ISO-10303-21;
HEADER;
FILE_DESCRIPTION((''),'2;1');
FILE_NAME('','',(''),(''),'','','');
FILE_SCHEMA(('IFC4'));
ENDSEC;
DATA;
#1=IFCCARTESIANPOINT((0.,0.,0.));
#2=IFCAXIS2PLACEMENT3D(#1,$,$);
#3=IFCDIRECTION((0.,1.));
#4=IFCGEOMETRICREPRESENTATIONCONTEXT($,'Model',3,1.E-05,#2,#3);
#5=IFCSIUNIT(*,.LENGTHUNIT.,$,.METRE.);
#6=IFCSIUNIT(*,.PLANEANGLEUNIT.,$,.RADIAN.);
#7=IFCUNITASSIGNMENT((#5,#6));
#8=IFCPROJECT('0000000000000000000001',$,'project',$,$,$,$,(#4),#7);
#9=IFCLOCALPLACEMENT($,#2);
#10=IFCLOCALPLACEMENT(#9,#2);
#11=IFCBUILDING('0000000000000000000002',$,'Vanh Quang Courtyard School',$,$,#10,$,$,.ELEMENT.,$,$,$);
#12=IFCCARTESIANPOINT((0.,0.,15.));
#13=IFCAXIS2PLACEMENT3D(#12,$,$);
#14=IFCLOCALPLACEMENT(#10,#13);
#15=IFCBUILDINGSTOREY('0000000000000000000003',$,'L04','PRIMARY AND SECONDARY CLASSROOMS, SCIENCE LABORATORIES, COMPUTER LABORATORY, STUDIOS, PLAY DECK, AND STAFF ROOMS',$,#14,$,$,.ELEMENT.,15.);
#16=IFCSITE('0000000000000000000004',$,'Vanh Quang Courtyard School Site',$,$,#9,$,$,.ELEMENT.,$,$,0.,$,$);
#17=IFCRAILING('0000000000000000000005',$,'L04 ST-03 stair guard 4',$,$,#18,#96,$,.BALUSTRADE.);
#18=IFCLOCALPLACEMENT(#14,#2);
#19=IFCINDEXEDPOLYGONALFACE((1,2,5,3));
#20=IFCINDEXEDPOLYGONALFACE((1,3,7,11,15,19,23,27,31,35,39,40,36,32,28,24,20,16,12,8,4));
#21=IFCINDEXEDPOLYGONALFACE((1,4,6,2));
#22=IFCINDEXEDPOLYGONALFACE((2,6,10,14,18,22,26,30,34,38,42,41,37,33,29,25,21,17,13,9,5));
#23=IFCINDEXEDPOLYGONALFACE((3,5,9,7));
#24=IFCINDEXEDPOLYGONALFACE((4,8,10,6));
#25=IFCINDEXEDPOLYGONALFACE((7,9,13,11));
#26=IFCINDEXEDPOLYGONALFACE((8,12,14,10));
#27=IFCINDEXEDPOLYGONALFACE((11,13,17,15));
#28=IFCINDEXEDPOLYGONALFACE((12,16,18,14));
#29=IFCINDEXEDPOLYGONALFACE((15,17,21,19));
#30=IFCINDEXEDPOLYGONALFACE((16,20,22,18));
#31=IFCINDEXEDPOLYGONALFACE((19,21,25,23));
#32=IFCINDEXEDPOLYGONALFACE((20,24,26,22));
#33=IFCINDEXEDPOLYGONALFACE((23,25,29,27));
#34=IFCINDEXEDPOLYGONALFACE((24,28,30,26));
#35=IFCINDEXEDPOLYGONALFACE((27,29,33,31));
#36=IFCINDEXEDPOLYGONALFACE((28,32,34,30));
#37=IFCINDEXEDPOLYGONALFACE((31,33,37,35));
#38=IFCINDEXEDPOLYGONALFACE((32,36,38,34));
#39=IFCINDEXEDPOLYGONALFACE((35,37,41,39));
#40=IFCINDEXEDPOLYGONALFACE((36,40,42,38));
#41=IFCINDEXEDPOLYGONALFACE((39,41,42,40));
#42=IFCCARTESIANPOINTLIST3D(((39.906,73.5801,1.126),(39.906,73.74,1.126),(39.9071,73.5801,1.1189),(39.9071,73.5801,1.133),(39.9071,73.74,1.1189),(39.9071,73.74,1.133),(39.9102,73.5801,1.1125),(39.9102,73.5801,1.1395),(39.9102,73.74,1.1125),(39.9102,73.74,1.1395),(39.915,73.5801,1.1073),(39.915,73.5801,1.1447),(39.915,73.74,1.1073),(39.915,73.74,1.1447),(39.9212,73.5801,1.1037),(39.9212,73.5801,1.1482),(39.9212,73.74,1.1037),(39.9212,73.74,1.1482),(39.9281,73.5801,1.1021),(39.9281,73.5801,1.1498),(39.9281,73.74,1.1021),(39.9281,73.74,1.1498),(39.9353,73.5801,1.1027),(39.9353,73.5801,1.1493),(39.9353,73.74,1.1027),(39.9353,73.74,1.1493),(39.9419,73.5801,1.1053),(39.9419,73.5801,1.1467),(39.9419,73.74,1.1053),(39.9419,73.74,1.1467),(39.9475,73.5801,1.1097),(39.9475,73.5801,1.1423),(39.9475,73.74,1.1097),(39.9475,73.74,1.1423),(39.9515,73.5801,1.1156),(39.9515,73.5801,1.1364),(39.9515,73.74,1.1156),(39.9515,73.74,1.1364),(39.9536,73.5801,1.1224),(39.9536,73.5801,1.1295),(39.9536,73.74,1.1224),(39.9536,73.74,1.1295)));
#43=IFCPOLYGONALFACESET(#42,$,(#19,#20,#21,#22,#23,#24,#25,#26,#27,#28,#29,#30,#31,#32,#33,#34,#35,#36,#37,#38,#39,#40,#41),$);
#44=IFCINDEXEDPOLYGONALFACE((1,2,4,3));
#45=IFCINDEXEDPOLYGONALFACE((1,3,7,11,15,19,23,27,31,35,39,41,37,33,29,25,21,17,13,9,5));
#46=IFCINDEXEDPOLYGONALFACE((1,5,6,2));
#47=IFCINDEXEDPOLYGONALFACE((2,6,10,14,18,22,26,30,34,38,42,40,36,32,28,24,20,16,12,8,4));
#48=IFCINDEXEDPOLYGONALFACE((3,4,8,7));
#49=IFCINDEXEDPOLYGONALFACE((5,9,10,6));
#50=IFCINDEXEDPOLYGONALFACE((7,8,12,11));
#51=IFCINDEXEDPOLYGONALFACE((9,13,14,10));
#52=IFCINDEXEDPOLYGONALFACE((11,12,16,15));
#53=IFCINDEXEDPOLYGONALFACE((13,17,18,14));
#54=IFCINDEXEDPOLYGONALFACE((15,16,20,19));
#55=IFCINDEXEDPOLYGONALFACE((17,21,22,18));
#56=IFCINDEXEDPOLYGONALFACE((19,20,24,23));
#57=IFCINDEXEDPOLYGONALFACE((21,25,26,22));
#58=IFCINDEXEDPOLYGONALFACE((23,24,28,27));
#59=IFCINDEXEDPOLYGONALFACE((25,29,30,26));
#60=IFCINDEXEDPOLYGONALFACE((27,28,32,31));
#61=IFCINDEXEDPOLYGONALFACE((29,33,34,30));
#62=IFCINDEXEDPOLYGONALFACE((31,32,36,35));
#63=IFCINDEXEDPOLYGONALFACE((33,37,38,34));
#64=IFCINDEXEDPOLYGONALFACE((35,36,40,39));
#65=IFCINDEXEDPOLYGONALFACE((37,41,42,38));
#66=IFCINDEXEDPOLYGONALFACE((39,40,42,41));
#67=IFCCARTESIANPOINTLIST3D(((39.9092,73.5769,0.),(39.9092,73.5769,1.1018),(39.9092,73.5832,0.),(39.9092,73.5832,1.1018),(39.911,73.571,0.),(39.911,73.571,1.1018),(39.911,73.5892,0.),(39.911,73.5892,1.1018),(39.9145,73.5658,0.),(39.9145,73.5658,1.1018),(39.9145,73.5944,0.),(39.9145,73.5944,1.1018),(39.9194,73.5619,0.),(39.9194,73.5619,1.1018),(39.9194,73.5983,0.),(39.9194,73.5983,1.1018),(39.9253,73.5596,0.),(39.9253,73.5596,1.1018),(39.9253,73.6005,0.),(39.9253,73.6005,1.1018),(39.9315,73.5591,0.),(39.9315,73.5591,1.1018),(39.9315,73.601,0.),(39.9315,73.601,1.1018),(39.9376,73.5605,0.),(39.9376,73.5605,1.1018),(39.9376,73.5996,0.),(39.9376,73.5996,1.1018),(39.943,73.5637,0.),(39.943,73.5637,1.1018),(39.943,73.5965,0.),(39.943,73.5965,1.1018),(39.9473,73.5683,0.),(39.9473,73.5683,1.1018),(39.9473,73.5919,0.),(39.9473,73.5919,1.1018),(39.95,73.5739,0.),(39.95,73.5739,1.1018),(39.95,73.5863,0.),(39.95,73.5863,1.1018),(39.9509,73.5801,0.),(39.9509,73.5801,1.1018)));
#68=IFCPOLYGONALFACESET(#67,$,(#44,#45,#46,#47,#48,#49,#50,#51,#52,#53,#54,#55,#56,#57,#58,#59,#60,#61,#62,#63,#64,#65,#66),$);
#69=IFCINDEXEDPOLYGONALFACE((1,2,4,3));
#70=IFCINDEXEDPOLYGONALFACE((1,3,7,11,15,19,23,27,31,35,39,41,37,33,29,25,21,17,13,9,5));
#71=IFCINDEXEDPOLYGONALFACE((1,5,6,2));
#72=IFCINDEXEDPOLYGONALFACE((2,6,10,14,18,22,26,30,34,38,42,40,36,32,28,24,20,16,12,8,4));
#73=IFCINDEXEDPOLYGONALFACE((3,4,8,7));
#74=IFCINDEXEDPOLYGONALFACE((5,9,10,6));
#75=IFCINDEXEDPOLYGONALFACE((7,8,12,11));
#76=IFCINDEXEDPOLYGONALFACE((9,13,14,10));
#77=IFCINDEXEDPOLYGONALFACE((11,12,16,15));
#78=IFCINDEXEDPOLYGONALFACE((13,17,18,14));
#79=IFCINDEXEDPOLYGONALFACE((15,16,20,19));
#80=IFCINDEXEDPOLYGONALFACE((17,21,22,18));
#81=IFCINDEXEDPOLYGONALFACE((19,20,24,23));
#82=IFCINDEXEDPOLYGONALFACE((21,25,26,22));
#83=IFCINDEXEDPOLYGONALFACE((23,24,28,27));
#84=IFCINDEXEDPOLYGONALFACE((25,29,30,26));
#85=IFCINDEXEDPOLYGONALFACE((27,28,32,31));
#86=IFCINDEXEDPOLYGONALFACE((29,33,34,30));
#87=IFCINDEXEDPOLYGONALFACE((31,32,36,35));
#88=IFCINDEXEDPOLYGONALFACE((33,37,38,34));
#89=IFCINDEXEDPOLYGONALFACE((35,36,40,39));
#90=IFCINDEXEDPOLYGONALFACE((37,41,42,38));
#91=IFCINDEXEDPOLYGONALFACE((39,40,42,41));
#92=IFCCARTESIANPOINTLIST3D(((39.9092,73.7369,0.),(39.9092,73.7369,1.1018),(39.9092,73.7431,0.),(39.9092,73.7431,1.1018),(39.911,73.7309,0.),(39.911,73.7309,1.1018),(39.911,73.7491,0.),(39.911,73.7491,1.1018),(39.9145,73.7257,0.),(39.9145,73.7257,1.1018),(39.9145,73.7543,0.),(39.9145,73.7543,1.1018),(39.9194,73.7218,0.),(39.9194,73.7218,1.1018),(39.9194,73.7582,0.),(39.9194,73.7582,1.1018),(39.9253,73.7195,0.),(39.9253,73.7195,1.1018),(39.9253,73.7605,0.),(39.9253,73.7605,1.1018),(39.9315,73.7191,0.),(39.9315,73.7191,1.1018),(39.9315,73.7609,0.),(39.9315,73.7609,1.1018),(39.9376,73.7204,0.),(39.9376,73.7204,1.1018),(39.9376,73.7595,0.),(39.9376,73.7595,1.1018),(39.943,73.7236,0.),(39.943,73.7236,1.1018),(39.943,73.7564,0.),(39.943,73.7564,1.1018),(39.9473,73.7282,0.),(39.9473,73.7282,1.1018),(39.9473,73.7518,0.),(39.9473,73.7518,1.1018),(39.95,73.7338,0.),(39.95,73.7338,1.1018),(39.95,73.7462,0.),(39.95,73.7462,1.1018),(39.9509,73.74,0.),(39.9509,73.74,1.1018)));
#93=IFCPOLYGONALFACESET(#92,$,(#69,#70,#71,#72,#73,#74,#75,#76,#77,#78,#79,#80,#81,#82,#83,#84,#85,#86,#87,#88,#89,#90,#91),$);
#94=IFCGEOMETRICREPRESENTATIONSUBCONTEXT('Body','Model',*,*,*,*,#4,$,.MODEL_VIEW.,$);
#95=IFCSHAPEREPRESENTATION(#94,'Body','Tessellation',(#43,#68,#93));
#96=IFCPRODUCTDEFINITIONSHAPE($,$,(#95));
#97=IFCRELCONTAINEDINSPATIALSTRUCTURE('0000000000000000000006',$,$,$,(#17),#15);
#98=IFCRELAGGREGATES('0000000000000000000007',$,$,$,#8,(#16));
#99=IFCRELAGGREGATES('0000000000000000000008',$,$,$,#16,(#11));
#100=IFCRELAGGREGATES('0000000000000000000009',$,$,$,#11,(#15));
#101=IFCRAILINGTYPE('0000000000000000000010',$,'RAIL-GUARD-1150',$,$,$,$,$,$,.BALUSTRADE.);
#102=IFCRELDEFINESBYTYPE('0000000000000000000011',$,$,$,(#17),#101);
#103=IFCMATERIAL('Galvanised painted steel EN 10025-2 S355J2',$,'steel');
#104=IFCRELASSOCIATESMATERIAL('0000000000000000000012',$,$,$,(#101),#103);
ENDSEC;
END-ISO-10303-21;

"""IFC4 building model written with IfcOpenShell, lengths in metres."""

from ifc_helpers import new_model, si_unit, direction, frame, origin, origin_2d, place, context, subcontext, project, spatial, circle, extrude, material, type_object, element, save


model = new_model("IFC4")

# Units and contexts
model_context = context("Model", 3, precision=1e-05, world=origin(), true_north=direction((0.0, 1.0)))
body_context = subcontext(model_context, "Body", "Model", "MODEL_VIEW")
ifc_project = project(units=[si_unit("LENGTHUNIT", "METRE"), si_unit("PLANEANGLEUNIT", "RADIAN")], contexts=[model_context])

# Site, building, storey
site_placement = place(None, origin())
site = spatial("IfcSite", under=ifc_project, at=site_placement, Name="Vanh Quang Courtyard School Site", CompositionType="ELEMENT", RefElevation=0.0)
building_placement = place(site_placement, origin())
building = spatial("IfcBuilding", under=site, at=building_placement, Name="Vanh Quang Courtyard School", CompositionType="ELEMENT")
storey_placement = place(building_placement, frame((0.0, 0.0, 15.0)))
storey = spatial("IfcBuildingStorey", under=building, at=storey_placement, Name="L04", Description="PRIMARY AND SECONDARY CLASSROOMS, SCIENCE LABORATORIES, COMPUTER LABORATORY, STUDIOS, PLAY DECK, AND STAFF ROOMS", CompositionType="ELEMENT", Elevation=15.0)

# Railing
ifc_material_1 = material(Name="Galvanised painted steel EN 10025-2 S355J2", Category="steel")
railing_type_1 = type_object("IfcRailingType", Name="RAIL-GUARD-1150", PredefinedType="BALUSTRADE", material=ifc_material_1)
railing_1_placement = place(storey_placement, frame((39.9299, 73.5801, 0.0)))
element("IfcRailing", 1, at=railing_1_placement, inside=storey, type_object=railing_type_1, Name="L04 ST-03 stair guard 4", PredefinedType="BALUSTRADE", context=body_context, shape_type="SweptSolid", body=[
    extrude(circle(Radius=0.0239, at=origin_2d()), frame((0.0, 0.0, 1.126), z_axis=(0.0, 1.0, 0.0), x_axis=(-1.0, 0.0, 0.0)), (0.0, 0.0, 1.0), 0.1599),
    extrude(circle(Radius=0.021, at=origin_2d()), origin(), (0.0, 0.0, 1.0), 1.1018),
    extrude(circle(Radius=0.021, at=origin_2d()), frame((0.0, 0.1599, 0.0)), (0.0, 0.0, 1.0), 1.1018),
])

save(model, "model.ifc")
